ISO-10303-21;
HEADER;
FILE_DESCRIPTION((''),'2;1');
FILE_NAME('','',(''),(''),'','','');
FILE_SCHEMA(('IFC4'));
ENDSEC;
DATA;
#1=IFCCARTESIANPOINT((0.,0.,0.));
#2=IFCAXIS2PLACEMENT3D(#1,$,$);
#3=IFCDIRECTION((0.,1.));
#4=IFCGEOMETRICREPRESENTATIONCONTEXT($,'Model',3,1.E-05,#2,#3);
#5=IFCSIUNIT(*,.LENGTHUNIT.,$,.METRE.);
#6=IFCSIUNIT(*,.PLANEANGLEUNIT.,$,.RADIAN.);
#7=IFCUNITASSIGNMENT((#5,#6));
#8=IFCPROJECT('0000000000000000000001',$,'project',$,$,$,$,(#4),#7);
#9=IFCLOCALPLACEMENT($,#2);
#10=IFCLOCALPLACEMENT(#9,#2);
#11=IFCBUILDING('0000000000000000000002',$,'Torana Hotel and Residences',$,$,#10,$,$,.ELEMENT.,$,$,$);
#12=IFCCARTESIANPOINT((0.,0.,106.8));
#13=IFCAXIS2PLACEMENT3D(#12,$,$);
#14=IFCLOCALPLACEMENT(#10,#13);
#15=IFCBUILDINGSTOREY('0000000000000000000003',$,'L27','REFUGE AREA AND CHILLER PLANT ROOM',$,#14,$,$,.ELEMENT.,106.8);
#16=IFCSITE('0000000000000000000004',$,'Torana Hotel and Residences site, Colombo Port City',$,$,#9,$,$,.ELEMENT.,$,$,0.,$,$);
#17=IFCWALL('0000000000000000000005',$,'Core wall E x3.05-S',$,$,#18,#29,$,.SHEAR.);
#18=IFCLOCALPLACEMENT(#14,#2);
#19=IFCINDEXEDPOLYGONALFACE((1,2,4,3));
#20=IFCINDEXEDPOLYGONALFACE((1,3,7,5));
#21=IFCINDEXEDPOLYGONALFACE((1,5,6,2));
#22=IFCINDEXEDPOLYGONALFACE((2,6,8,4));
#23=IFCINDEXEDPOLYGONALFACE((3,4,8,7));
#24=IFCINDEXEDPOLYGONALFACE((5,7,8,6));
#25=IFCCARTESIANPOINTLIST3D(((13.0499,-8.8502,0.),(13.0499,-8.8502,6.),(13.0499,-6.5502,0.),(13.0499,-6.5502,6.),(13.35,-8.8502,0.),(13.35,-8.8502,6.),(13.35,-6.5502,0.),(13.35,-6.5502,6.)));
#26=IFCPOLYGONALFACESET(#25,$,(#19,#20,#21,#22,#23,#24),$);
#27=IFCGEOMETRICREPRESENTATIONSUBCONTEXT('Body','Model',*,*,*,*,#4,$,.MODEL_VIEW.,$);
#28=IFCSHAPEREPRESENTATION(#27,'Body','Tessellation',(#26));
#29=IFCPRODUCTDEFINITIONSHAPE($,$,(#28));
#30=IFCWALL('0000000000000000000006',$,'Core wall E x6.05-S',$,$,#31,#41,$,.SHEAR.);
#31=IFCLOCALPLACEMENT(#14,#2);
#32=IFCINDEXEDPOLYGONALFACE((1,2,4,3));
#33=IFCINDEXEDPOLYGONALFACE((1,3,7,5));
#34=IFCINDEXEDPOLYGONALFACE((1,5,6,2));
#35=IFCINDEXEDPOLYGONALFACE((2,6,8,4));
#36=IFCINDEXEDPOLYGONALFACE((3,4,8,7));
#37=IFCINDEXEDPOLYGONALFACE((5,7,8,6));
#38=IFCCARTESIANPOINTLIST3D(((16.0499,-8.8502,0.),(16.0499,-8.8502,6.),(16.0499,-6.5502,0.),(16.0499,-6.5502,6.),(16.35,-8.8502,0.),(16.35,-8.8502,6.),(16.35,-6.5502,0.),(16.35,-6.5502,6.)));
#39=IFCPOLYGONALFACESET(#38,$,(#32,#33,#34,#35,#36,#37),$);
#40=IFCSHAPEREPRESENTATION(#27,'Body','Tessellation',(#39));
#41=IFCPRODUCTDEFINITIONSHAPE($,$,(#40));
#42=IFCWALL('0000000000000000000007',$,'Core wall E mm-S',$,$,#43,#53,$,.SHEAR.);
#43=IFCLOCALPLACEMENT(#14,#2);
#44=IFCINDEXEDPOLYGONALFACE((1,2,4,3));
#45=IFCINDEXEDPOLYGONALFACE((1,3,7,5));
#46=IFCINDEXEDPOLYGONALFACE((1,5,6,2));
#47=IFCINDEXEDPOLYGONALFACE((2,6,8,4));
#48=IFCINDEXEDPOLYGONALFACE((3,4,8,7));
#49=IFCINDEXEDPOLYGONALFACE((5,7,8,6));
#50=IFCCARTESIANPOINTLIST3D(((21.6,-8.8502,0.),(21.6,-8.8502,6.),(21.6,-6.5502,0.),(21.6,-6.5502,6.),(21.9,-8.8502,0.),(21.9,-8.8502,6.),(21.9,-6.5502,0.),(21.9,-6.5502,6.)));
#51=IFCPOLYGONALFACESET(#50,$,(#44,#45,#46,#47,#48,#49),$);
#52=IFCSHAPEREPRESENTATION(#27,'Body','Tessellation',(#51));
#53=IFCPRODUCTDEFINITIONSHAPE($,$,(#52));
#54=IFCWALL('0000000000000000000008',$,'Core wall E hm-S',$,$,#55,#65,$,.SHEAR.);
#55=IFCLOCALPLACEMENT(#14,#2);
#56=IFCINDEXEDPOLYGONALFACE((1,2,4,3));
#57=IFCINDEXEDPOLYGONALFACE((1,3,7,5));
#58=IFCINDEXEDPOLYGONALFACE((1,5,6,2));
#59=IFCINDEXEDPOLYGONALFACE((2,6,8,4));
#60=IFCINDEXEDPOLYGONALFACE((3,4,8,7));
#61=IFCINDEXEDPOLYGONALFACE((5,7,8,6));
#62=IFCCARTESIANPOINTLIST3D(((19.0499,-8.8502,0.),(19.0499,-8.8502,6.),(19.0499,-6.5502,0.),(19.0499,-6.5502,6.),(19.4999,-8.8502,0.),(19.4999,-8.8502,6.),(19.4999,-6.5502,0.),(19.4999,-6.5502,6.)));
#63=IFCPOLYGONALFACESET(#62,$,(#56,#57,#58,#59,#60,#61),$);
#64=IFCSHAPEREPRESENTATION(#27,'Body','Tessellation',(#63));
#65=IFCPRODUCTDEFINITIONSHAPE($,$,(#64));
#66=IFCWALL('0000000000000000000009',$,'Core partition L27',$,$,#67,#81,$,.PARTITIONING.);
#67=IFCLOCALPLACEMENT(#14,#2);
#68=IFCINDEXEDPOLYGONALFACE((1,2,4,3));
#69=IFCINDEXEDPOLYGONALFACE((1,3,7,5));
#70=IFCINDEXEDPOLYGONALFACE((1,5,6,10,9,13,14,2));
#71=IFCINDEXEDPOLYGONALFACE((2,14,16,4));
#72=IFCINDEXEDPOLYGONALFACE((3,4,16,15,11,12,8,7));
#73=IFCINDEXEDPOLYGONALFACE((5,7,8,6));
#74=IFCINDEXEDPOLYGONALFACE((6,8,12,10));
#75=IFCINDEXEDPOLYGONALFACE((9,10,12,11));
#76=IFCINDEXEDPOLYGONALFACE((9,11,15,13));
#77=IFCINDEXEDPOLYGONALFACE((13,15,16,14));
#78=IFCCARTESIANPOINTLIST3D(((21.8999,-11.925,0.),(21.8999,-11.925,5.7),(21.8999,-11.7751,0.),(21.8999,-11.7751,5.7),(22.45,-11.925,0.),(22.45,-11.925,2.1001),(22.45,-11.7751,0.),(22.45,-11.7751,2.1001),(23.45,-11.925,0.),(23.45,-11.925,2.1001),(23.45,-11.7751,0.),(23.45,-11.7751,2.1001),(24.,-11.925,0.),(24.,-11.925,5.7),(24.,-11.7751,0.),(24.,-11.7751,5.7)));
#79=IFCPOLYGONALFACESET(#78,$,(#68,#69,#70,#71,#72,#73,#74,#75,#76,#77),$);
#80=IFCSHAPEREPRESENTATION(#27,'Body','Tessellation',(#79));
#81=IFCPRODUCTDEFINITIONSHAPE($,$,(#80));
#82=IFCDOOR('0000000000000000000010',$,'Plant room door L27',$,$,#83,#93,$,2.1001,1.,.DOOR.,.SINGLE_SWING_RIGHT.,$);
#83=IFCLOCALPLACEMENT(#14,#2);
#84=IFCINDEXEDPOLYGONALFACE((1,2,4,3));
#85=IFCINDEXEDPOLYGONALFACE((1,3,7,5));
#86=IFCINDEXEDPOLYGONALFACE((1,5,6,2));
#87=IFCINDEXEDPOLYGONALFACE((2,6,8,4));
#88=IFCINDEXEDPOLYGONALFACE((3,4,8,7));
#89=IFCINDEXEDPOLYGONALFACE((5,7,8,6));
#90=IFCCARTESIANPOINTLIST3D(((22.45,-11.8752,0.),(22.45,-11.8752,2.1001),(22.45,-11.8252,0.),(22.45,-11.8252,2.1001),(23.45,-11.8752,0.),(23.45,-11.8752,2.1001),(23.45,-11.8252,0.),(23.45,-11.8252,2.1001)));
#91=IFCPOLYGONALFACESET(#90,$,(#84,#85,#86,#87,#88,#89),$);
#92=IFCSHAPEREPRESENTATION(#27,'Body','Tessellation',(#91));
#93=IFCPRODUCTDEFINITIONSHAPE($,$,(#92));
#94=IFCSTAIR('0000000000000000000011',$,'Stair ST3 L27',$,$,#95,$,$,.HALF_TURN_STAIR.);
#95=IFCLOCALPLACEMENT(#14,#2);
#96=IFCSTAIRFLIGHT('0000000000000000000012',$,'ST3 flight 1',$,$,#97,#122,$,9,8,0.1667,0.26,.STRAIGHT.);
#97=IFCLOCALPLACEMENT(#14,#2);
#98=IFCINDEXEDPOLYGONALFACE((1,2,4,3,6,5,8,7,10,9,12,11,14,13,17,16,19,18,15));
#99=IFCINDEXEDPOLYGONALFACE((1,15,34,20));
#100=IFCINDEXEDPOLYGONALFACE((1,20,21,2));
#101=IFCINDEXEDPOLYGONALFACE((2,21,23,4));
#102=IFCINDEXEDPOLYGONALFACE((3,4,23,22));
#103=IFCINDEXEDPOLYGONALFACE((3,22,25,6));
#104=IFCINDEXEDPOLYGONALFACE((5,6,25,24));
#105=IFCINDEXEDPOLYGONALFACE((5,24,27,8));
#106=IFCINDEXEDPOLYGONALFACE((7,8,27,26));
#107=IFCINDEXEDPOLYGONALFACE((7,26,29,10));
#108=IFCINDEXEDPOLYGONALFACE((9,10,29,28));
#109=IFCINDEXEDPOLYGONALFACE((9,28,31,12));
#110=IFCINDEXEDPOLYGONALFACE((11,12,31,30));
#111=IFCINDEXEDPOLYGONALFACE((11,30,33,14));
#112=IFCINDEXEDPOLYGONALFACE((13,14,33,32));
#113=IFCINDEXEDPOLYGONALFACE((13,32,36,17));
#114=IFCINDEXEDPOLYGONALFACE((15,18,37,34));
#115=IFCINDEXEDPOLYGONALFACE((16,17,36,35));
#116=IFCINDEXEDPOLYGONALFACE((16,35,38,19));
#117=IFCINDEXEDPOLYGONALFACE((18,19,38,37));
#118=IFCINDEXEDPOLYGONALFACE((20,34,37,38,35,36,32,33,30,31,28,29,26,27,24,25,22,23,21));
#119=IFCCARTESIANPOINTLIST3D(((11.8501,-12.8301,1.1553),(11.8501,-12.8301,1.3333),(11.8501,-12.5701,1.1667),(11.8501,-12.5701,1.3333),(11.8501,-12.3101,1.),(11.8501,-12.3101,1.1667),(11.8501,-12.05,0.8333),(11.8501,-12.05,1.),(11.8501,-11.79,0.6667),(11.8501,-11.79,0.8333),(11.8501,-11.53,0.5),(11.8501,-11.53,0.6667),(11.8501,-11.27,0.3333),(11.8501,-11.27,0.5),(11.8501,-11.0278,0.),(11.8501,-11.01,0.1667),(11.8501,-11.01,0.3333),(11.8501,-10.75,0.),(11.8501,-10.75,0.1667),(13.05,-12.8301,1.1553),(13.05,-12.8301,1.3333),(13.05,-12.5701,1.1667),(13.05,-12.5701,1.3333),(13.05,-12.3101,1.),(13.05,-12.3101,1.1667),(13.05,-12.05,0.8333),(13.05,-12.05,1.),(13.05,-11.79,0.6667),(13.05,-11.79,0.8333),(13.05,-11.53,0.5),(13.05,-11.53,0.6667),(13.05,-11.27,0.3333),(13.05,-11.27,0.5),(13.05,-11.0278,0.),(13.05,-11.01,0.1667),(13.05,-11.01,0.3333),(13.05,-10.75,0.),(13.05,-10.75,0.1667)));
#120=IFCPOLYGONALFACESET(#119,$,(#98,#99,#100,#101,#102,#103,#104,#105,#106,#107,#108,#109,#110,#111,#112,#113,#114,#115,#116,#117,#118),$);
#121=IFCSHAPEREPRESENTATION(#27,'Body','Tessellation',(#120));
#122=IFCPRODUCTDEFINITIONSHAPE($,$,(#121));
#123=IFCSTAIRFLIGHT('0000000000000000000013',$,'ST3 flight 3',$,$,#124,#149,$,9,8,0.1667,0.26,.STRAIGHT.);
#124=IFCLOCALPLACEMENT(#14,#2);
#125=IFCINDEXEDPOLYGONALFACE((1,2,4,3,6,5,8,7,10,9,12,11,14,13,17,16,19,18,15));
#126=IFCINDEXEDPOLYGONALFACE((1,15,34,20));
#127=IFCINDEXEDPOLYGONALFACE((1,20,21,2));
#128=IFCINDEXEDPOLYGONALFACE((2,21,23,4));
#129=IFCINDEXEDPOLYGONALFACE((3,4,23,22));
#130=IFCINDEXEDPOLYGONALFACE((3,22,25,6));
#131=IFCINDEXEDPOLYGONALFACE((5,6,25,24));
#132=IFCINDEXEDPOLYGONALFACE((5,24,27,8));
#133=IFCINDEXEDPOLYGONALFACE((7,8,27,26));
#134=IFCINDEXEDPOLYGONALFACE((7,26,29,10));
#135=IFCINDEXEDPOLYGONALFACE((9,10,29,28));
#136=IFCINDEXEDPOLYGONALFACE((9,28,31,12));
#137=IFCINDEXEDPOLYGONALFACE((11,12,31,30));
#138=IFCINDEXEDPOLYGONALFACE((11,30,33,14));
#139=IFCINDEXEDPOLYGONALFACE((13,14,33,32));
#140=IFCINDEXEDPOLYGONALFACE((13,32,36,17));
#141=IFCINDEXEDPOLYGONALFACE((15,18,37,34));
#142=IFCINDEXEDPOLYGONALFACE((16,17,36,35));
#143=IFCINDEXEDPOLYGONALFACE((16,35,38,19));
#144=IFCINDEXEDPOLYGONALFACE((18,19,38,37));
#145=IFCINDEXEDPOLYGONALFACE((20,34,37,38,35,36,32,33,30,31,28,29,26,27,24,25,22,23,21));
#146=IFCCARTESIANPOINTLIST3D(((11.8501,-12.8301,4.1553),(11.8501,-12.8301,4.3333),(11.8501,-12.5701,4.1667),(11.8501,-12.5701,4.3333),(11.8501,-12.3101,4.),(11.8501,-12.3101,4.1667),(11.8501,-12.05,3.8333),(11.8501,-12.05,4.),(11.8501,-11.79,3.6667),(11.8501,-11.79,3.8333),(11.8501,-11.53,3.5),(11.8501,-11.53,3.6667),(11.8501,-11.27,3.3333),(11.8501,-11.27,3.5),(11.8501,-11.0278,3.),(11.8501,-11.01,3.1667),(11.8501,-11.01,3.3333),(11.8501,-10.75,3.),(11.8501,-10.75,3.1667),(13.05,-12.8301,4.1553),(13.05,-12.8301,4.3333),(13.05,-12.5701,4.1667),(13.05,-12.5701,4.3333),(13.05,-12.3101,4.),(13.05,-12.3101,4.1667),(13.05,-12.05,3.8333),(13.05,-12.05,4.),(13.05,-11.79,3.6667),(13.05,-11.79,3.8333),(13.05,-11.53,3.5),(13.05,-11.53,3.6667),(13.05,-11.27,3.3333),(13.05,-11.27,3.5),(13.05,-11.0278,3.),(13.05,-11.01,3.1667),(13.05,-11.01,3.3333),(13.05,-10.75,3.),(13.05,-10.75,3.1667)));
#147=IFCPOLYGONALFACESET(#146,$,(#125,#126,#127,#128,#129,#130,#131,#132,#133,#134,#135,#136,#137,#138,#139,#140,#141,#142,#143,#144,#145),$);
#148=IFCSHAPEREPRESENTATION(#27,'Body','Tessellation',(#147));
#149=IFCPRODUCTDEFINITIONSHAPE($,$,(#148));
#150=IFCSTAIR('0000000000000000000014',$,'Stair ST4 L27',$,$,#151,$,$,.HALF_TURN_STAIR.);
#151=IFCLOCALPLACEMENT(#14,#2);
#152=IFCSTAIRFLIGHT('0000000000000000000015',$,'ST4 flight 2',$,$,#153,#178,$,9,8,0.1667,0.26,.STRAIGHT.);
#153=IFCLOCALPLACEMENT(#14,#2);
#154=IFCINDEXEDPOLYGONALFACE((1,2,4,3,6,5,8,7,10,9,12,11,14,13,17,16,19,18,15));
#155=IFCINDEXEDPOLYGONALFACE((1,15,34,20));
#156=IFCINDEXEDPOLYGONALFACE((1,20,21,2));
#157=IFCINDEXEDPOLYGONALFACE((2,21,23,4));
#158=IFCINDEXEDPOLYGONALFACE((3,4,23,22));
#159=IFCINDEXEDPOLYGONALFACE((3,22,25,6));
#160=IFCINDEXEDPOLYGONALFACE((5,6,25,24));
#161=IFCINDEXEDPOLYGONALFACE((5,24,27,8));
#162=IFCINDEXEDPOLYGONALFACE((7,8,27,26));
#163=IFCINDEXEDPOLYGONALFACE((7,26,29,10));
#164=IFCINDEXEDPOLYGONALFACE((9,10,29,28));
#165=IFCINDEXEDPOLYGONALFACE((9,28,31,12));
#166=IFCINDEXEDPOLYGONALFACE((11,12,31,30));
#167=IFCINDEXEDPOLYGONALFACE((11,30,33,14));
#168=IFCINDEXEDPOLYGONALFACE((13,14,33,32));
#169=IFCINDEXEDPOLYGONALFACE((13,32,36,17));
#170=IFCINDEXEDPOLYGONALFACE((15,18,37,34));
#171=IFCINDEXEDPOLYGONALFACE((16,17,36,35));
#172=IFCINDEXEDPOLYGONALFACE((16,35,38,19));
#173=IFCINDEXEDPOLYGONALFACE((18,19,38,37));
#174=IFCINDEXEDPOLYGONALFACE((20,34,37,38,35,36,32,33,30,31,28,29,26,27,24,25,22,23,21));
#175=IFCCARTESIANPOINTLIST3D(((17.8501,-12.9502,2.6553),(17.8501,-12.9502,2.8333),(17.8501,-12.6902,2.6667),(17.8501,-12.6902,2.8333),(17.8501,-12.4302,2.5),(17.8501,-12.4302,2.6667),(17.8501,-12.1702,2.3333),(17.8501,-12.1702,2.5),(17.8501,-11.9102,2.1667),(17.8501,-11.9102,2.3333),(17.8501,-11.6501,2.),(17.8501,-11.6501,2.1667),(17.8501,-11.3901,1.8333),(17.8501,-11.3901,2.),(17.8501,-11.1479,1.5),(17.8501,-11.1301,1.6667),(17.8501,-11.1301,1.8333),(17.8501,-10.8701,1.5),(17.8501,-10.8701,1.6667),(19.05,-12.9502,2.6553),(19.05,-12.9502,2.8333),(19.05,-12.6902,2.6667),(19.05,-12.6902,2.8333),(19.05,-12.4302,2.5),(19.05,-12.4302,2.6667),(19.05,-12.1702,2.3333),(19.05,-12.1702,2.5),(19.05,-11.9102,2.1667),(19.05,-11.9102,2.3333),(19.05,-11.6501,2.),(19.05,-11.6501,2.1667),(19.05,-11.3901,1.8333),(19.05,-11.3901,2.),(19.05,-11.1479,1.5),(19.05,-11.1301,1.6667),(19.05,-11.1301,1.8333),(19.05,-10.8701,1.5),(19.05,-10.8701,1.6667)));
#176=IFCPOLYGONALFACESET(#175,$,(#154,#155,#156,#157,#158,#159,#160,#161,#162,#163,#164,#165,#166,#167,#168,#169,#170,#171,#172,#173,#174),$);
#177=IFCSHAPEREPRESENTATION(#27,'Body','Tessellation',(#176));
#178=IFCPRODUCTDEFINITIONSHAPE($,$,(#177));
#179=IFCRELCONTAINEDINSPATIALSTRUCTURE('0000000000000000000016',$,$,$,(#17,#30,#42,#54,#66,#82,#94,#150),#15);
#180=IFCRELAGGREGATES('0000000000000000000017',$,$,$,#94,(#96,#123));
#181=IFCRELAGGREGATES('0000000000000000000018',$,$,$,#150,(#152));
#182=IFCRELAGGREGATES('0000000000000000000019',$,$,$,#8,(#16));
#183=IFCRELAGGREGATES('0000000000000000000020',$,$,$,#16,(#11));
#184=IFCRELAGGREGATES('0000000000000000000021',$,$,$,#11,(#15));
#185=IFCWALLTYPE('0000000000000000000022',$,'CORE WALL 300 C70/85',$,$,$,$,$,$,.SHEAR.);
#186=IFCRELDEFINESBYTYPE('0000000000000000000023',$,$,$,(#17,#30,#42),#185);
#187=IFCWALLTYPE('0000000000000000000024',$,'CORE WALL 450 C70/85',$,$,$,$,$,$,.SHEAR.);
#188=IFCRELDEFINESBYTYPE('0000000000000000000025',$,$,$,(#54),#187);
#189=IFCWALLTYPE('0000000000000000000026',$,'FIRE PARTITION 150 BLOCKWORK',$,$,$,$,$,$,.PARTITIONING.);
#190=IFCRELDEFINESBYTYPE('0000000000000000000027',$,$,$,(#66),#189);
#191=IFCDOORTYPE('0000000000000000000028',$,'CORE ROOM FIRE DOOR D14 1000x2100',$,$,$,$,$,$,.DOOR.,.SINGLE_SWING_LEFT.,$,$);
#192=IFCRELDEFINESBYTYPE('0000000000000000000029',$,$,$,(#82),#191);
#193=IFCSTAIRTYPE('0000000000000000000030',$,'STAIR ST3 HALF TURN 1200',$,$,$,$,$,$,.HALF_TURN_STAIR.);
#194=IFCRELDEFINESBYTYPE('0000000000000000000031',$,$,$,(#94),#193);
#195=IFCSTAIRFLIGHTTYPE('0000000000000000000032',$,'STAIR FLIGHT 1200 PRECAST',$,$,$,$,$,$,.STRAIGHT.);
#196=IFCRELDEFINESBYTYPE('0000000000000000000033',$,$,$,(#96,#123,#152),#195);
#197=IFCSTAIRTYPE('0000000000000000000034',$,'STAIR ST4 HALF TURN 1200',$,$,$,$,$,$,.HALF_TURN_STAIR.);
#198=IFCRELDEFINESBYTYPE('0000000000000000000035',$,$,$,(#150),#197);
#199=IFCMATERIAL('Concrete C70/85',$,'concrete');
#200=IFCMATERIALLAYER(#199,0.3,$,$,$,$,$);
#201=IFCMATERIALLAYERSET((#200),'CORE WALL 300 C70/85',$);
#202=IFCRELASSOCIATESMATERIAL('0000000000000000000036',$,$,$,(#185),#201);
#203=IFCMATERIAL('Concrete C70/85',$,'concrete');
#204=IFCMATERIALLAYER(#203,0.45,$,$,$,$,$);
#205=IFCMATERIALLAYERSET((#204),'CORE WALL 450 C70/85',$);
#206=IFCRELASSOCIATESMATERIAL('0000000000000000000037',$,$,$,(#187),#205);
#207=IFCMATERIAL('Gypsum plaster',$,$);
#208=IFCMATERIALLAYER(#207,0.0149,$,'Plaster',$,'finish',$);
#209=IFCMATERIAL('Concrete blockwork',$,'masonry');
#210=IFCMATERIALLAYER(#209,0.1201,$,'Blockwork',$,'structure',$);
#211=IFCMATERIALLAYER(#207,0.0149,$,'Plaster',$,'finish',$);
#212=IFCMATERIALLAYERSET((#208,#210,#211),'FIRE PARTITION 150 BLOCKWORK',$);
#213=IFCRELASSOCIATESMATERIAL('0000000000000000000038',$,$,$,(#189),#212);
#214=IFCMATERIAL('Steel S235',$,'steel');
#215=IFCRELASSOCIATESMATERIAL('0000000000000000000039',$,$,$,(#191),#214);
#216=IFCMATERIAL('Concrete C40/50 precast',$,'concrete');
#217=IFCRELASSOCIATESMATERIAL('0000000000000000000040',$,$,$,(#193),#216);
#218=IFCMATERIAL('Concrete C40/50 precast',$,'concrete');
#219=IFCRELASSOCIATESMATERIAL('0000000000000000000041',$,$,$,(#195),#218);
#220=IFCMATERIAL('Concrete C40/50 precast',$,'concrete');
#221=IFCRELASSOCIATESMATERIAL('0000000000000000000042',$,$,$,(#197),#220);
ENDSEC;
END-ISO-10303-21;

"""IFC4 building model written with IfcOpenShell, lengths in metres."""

from ifc_helpers import new_model, si_unit, direction, frame, frame_2d, origin, place, context, subcontext, project, spatial, polyline, rectangle, outline, extrude, material, layer, layer_set, type_object, element, fill, aggregate, save


model = new_model("IFC4")

# Units and contexts
model_context = context("Model", 3, precision=1e-05, world=origin(), true_north=direction((0.0, 1.0)))
body_context = subcontext(model_context, "Body", "Model", "MODEL_VIEW")
ifc_project = project(units=[si_unit("LENGTHUNIT", "METRE"), si_unit("PLANEANGLEUNIT", "RADIAN")], contexts=[model_context])

# Site, building, storey
site_placement = place(None, origin())
site = spatial("IfcSite", under=ifc_project, at=site_placement, Name="Torana Hotel and Residences site, Colombo Port City", CompositionType="ELEMENT", RefElevation=0.0)
building_placement = place(site_placement, origin())
building = spatial("IfcBuilding", under=site, at=building_placement, Name="Torana Hotel and Residences", CompositionType="ELEMENT")
storey_placement = place(building_placement, frame((0.0, 0.0, 106.8)))
storey = spatial("IfcBuildingStorey", under=building, at=storey_placement, Name="L27", Description="REFUGE AREA AND CHILLER PLANT ROOM", CompositionType="ELEMENT", Elevation=106.8)

# Walls
ifc_material_1 = material(Name="Concrete C70/85", Category="concrete")
ifc_layer_1 = layer(ifc_material_1, 0.3)
ifc_layer_set_1 = layer_set([ifc_layer_1], Name="CORE WALL 300 C70/85")
wall_type_1 = type_object("IfcWallType", Name="CORE WALL 300 C70/85", PredefinedType="SHEAR", material=ifc_layer_set_1)
for number, where, z_axis, x_axis, name in (
    (1, (13.2, -8.8501, 0.0), (0.0, 0.0, 1.0), (0.0, 1.0, 0.0), "Core wall E x3.05-S"),
    (2, (16.2, -8.8501, 0.0), (0.0, 0.0, 1.0), (0.0, 1.0, 0.0), "Core wall E x6.05-S"),
    (3, (21.75, -8.8501, 0.0), (0.0, 0.0, 1.0), (0.0, 1.0, 0.0), "Core wall E mm-S"),
):
    element("IfcWall", number, at=place(storey_placement, frame(where, z_axis=z_axis, x_axis=x_axis)), inside=storey, type_object=wall_type_1, Name=name, PredefinedType="SHEAR", context=body_context, shape_type="SweptSolid", body=[
        extrude(rectangle(XDim=2.3, YDim=0.3, at=frame_2d((1.1499, 0.0))), origin(), (0.0, 0.0, 1.0), 6.0),
    ])
ifc_material_2 = material(Name="Concrete C70/85", Category="concrete")
ifc_layer_2 = layer(ifc_material_2, 0.45)
ifc_layer_set_2 = layer_set([ifc_layer_2], Name="CORE WALL 450 C70/85")
wall_type_2 = type_object("IfcWallType", Name="CORE WALL 450 C70/85", PredefinedType="SHEAR", material=ifc_layer_set_2)
wall_1_placement = place(storey_placement, frame((19.2749, -8.8501, 0.0), z_axis=(0.0, 0.0, 1.0), x_axis=(0.0, 1.0, 0.0)))
element("IfcWall", 4, at=wall_1_placement, inside=storey, type_object=wall_type_2, Name="Core wall E hm-S", PredefinedType="SHEAR", context=body_context, shape_type="SweptSolid", body=[
    extrude(rectangle(XDim=2.3, YDim=0.45, at=frame_2d((1.1499, 0.0))), origin(), (0.0, 0.0, 1.0), 6.0),
])

# Wall, opening, door
ifc_material_3 = material(Name="Gypsum plaster")
ifc_layer_3 = layer(ifc_material_3, 0.0149, Name="Plaster", Category="finish")
ifc_material_4 = material(Name="Concrete blockwork", Category="masonry")
ifc_layer_4 = layer(ifc_material_4, 0.1201, Name="Blockwork", Category="structure")
ifc_layer_5 = layer(ifc_material_3, 0.0149, Name="Plaster", Category="finish")
ifc_layer_set_3 = layer_set([ifc_layer_3, ifc_layer_4, ifc_layer_5], Name="FIRE PARTITION 150 BLOCKWORK")
wall_type_3 = type_object("IfcWallType", Name="FIRE PARTITION 150 BLOCKWORK", PredefinedType="PARTITIONING", material=ifc_layer_set_3)
wall_2_placement = place(storey_placement, frame((21.8999, -11.8501, 0.0), z_axis=(0.0, 0.0, 1.0), x_axis=(1.0, 0.0, 0.0)))
wall_2 = element("IfcWall", 5, at=wall_2_placement, inside=storey, type_object=wall_type_3, Name="Core partition L27", PredefinedType="PARTITIONING", context=body_context, shape_type="SweptSolid", body=[
    extrude(rectangle(XDim=2.1001, YDim=0.1499, at=frame_2d((1.05, 0.0))), origin(), (0.0, 0.0, 1.0), 5.7),
])
opening_placement = place(wall_2_placement, frame((0.55, 0.0, 0.0)))
opening = element("IfcOpeningElement", 6, at=opening_placement, cuts=wall_2, PredefinedType="OPENING", context=body_context, shape_type="SweptSolid", body=[
    extrude(rectangle(XDim=1.0, YDim=2.1001, at=frame_2d((0.5, 1.05))), frame((0.0, 0.085, 0.0), z_axis=(0.0, -1.0, 0.0), x_axis=(1.0, 0.0, 0.0)), (0.0, 0.0, 1.0), 0.1699),
])
ifc_material_5 = material(Name="Steel S235", Category="steel")
door_type = type_object("IfcDoorType", Name="CORE ROOM FIRE DOOR D14 1000x2100", OperationType="SINGLE_SWING_LEFT", PredefinedType="DOOR", material=ifc_material_5)
door_placement = place(opening_placement, origin())
door = element("IfcDoor", 7, at=door_placement, inside=storey, type_object=door_type, Name="Plant room door L27", OperationType="SINGLE_SWING_RIGHT", OverallHeight=2.1001, OverallWidth=1.0, PredefinedType="DOOR", context=body_context, shape_type="SweptSolid", body=[
    extrude(rectangle(XDim=1.0, YDim=2.1001, at=frame_2d((0.5, 1.05))), frame((0.0, 0.0249, 0.0), z_axis=(0.0, -1.0, 0.0), x_axis=(1.0, 0.0, 0.0)), (0.0, 0.0, 1.0), 0.05),
])
fill(opening, door)

# Stairs, stair flights
ifc_material_6 = material(Name="Concrete C40/50 precast", Category="concrete")
stair_type_1 = type_object("IfcStairType", Name="STAIR ST3 HALF TURN 1200", PredefinedType="HALF_TURN_STAIR", material=ifc_material_6)
stair_1_placement = place(storey_placement, origin())
stair_1 = element("IfcStair", 8, at=stair_1_placement, inside=storey, type_object=stair_type_1, Name="Stair ST3 L27", PredefinedType="HALF_TURN_STAIR")
ifc_material_7 = material(Name="Concrete C40/50 precast", Category="concrete")
stair_flight_type = type_object("IfcStairFlightType", Name="STAIR FLIGHT 1200 PRECAST", PredefinedType="STRAIGHT", material=ifc_material_7)
stair_flight_1_placement = place(storey_placement, frame((12.45, -10.75, 0.0), z_axis=(0.0, 0.0, 1.0), x_axis=(0.0, -1.0, 0.0)))
stair_flight_1 = element("IfcStairFlight", 9, at=stair_flight_1_placement, type_object=stair_flight_type, Name="ST3 flight 1", NumberOfRisers=9, NumberOfTreads=8, PredefinedType="STRAIGHT", RiserHeight=0.1667, TreadLength=0.26, context=body_context, shape_type="SweptSolid", body=[
    extrude(outline(polyline([(0.0, 0.0), (0.0, 0.1667), (0.26, 0.1667), (0.26, 0.3333), (0.52, 0.3333), (0.52, 0.5), (0.78, 0.5), (0.78, 0.6667), (1.04, 0.6667), (1.04, 0.8333), (1.3, 0.8333), (1.3, 1.0), (1.5601, 1.0), (1.5601, 1.1667), (1.8201, 1.1667), (1.8201, 1.3333), (2.0801, 1.3333), (2.0801, 1.5), (2.0801, 1.1553), (0.2778, 0.0), (0.0, 0.0)])), frame((0.0, 0.6001, 0.0), z_axis=(0.0, -1.0, 0.0), x_axis=(1.0, 0.0, 0.0)), (0.0, 0.0, 1.0), 1.2),
])
stair_flight_2_placement = place(storey_placement, frame((12.45, -10.75, 3.0), z_axis=(0.0, 0.0, 1.0), x_axis=(0.0, -1.0, 0.0)))
stair_flight_2 = element("IfcStairFlight", 10, at=stair_flight_2_placement, type_object=stair_flight_type, Name="ST3 flight 3", NumberOfRisers=9, NumberOfTreads=8, PredefinedType="STRAIGHT", RiserHeight=0.1667, TreadLength=0.26, context=body_context, shape_type="SweptSolid", body=[
    extrude(outline(polyline([(0.0, 0.0), (0.0, 0.1667), (0.26, 0.1667), (0.26, 0.3333), (0.52, 0.3333), (0.52, 0.5), (0.78, 0.5), (0.78, 0.6667), (1.04, 0.6667), (1.04, 0.8333), (1.3, 0.8333), (1.3, 1.0), (1.5601, 1.0), (1.5601, 1.1667), (1.8201, 1.1667), (1.8201, 1.3333), (2.0801, 1.3333), (2.0801, 1.5), (2.0801, 1.1553), (0.2778, 0.0), (0.0, 0.0)])), frame((0.0, 0.6001, 0.0), z_axis=(0.0, -1.0, 0.0), x_axis=(1.0, 0.0, 0.0)), (0.0, 0.0, 1.0), 1.2),
])
aggregate(stair_1, [stair_flight_1, stair_flight_2])
ifc_material_8 = material(Name="Concrete C40/50 precast", Category="concrete")
stair_type_2 = type_object("IfcStairType", Name="STAIR ST4 HALF TURN 1200", PredefinedType="HALF_TURN_STAIR", material=ifc_material_8)
stair_2_placement = place(storey_placement, origin())
stair_2 = element("IfcStair", 11, at=stair_2_placement, inside=storey, type_object=stair_type_2, Name="Stair ST4 L27", PredefinedType="HALF_TURN_STAIR")
stair_flight_3_placement = place(storey_placement, frame((18.45, -10.8701, 1.5), z_axis=(0.0, 0.0, 1.0), x_axis=(0.0, -1.0, 0.0)))
stair_flight_3 = element("IfcStairFlight", 12, at=stair_flight_3_placement, type_object=stair_flight_type, Name="ST4 flight 2", NumberOfRisers=9, NumberOfTreads=8, PredefinedType="STRAIGHT", RiserHeight=0.1667, TreadLength=0.26, context=body_context, shape_type="SweptSolid", body=[
    extrude(outline(polyline([(0.0, 0.0), (0.0, 0.1667), (0.26, 0.1667), (0.26, 0.3333), (0.52, 0.3333), (0.52, 0.5), (0.78, 0.5), (0.78, 0.6667), (1.04, 0.6667), (1.04, 0.8333), (1.3, 0.8333), (1.3, 1.0), (1.5601, 1.0), (1.5601, 1.1667), (1.8201, 1.1667), (1.8201, 1.3333), (2.0801, 1.3333), (2.0801, 1.5), (2.0801, 1.1553), (0.2778, 0.0), (0.0, 0.0)])), frame((0.0, 0.6001, 0.0), z_axis=(0.0, -1.0, 0.0), x_axis=(1.0, 0.0, 0.0)), (0.0, 0.0, 1.0), 1.2),
])
aggregate(stair_2, [stair_flight_3])

save(model, "model.ifc")
